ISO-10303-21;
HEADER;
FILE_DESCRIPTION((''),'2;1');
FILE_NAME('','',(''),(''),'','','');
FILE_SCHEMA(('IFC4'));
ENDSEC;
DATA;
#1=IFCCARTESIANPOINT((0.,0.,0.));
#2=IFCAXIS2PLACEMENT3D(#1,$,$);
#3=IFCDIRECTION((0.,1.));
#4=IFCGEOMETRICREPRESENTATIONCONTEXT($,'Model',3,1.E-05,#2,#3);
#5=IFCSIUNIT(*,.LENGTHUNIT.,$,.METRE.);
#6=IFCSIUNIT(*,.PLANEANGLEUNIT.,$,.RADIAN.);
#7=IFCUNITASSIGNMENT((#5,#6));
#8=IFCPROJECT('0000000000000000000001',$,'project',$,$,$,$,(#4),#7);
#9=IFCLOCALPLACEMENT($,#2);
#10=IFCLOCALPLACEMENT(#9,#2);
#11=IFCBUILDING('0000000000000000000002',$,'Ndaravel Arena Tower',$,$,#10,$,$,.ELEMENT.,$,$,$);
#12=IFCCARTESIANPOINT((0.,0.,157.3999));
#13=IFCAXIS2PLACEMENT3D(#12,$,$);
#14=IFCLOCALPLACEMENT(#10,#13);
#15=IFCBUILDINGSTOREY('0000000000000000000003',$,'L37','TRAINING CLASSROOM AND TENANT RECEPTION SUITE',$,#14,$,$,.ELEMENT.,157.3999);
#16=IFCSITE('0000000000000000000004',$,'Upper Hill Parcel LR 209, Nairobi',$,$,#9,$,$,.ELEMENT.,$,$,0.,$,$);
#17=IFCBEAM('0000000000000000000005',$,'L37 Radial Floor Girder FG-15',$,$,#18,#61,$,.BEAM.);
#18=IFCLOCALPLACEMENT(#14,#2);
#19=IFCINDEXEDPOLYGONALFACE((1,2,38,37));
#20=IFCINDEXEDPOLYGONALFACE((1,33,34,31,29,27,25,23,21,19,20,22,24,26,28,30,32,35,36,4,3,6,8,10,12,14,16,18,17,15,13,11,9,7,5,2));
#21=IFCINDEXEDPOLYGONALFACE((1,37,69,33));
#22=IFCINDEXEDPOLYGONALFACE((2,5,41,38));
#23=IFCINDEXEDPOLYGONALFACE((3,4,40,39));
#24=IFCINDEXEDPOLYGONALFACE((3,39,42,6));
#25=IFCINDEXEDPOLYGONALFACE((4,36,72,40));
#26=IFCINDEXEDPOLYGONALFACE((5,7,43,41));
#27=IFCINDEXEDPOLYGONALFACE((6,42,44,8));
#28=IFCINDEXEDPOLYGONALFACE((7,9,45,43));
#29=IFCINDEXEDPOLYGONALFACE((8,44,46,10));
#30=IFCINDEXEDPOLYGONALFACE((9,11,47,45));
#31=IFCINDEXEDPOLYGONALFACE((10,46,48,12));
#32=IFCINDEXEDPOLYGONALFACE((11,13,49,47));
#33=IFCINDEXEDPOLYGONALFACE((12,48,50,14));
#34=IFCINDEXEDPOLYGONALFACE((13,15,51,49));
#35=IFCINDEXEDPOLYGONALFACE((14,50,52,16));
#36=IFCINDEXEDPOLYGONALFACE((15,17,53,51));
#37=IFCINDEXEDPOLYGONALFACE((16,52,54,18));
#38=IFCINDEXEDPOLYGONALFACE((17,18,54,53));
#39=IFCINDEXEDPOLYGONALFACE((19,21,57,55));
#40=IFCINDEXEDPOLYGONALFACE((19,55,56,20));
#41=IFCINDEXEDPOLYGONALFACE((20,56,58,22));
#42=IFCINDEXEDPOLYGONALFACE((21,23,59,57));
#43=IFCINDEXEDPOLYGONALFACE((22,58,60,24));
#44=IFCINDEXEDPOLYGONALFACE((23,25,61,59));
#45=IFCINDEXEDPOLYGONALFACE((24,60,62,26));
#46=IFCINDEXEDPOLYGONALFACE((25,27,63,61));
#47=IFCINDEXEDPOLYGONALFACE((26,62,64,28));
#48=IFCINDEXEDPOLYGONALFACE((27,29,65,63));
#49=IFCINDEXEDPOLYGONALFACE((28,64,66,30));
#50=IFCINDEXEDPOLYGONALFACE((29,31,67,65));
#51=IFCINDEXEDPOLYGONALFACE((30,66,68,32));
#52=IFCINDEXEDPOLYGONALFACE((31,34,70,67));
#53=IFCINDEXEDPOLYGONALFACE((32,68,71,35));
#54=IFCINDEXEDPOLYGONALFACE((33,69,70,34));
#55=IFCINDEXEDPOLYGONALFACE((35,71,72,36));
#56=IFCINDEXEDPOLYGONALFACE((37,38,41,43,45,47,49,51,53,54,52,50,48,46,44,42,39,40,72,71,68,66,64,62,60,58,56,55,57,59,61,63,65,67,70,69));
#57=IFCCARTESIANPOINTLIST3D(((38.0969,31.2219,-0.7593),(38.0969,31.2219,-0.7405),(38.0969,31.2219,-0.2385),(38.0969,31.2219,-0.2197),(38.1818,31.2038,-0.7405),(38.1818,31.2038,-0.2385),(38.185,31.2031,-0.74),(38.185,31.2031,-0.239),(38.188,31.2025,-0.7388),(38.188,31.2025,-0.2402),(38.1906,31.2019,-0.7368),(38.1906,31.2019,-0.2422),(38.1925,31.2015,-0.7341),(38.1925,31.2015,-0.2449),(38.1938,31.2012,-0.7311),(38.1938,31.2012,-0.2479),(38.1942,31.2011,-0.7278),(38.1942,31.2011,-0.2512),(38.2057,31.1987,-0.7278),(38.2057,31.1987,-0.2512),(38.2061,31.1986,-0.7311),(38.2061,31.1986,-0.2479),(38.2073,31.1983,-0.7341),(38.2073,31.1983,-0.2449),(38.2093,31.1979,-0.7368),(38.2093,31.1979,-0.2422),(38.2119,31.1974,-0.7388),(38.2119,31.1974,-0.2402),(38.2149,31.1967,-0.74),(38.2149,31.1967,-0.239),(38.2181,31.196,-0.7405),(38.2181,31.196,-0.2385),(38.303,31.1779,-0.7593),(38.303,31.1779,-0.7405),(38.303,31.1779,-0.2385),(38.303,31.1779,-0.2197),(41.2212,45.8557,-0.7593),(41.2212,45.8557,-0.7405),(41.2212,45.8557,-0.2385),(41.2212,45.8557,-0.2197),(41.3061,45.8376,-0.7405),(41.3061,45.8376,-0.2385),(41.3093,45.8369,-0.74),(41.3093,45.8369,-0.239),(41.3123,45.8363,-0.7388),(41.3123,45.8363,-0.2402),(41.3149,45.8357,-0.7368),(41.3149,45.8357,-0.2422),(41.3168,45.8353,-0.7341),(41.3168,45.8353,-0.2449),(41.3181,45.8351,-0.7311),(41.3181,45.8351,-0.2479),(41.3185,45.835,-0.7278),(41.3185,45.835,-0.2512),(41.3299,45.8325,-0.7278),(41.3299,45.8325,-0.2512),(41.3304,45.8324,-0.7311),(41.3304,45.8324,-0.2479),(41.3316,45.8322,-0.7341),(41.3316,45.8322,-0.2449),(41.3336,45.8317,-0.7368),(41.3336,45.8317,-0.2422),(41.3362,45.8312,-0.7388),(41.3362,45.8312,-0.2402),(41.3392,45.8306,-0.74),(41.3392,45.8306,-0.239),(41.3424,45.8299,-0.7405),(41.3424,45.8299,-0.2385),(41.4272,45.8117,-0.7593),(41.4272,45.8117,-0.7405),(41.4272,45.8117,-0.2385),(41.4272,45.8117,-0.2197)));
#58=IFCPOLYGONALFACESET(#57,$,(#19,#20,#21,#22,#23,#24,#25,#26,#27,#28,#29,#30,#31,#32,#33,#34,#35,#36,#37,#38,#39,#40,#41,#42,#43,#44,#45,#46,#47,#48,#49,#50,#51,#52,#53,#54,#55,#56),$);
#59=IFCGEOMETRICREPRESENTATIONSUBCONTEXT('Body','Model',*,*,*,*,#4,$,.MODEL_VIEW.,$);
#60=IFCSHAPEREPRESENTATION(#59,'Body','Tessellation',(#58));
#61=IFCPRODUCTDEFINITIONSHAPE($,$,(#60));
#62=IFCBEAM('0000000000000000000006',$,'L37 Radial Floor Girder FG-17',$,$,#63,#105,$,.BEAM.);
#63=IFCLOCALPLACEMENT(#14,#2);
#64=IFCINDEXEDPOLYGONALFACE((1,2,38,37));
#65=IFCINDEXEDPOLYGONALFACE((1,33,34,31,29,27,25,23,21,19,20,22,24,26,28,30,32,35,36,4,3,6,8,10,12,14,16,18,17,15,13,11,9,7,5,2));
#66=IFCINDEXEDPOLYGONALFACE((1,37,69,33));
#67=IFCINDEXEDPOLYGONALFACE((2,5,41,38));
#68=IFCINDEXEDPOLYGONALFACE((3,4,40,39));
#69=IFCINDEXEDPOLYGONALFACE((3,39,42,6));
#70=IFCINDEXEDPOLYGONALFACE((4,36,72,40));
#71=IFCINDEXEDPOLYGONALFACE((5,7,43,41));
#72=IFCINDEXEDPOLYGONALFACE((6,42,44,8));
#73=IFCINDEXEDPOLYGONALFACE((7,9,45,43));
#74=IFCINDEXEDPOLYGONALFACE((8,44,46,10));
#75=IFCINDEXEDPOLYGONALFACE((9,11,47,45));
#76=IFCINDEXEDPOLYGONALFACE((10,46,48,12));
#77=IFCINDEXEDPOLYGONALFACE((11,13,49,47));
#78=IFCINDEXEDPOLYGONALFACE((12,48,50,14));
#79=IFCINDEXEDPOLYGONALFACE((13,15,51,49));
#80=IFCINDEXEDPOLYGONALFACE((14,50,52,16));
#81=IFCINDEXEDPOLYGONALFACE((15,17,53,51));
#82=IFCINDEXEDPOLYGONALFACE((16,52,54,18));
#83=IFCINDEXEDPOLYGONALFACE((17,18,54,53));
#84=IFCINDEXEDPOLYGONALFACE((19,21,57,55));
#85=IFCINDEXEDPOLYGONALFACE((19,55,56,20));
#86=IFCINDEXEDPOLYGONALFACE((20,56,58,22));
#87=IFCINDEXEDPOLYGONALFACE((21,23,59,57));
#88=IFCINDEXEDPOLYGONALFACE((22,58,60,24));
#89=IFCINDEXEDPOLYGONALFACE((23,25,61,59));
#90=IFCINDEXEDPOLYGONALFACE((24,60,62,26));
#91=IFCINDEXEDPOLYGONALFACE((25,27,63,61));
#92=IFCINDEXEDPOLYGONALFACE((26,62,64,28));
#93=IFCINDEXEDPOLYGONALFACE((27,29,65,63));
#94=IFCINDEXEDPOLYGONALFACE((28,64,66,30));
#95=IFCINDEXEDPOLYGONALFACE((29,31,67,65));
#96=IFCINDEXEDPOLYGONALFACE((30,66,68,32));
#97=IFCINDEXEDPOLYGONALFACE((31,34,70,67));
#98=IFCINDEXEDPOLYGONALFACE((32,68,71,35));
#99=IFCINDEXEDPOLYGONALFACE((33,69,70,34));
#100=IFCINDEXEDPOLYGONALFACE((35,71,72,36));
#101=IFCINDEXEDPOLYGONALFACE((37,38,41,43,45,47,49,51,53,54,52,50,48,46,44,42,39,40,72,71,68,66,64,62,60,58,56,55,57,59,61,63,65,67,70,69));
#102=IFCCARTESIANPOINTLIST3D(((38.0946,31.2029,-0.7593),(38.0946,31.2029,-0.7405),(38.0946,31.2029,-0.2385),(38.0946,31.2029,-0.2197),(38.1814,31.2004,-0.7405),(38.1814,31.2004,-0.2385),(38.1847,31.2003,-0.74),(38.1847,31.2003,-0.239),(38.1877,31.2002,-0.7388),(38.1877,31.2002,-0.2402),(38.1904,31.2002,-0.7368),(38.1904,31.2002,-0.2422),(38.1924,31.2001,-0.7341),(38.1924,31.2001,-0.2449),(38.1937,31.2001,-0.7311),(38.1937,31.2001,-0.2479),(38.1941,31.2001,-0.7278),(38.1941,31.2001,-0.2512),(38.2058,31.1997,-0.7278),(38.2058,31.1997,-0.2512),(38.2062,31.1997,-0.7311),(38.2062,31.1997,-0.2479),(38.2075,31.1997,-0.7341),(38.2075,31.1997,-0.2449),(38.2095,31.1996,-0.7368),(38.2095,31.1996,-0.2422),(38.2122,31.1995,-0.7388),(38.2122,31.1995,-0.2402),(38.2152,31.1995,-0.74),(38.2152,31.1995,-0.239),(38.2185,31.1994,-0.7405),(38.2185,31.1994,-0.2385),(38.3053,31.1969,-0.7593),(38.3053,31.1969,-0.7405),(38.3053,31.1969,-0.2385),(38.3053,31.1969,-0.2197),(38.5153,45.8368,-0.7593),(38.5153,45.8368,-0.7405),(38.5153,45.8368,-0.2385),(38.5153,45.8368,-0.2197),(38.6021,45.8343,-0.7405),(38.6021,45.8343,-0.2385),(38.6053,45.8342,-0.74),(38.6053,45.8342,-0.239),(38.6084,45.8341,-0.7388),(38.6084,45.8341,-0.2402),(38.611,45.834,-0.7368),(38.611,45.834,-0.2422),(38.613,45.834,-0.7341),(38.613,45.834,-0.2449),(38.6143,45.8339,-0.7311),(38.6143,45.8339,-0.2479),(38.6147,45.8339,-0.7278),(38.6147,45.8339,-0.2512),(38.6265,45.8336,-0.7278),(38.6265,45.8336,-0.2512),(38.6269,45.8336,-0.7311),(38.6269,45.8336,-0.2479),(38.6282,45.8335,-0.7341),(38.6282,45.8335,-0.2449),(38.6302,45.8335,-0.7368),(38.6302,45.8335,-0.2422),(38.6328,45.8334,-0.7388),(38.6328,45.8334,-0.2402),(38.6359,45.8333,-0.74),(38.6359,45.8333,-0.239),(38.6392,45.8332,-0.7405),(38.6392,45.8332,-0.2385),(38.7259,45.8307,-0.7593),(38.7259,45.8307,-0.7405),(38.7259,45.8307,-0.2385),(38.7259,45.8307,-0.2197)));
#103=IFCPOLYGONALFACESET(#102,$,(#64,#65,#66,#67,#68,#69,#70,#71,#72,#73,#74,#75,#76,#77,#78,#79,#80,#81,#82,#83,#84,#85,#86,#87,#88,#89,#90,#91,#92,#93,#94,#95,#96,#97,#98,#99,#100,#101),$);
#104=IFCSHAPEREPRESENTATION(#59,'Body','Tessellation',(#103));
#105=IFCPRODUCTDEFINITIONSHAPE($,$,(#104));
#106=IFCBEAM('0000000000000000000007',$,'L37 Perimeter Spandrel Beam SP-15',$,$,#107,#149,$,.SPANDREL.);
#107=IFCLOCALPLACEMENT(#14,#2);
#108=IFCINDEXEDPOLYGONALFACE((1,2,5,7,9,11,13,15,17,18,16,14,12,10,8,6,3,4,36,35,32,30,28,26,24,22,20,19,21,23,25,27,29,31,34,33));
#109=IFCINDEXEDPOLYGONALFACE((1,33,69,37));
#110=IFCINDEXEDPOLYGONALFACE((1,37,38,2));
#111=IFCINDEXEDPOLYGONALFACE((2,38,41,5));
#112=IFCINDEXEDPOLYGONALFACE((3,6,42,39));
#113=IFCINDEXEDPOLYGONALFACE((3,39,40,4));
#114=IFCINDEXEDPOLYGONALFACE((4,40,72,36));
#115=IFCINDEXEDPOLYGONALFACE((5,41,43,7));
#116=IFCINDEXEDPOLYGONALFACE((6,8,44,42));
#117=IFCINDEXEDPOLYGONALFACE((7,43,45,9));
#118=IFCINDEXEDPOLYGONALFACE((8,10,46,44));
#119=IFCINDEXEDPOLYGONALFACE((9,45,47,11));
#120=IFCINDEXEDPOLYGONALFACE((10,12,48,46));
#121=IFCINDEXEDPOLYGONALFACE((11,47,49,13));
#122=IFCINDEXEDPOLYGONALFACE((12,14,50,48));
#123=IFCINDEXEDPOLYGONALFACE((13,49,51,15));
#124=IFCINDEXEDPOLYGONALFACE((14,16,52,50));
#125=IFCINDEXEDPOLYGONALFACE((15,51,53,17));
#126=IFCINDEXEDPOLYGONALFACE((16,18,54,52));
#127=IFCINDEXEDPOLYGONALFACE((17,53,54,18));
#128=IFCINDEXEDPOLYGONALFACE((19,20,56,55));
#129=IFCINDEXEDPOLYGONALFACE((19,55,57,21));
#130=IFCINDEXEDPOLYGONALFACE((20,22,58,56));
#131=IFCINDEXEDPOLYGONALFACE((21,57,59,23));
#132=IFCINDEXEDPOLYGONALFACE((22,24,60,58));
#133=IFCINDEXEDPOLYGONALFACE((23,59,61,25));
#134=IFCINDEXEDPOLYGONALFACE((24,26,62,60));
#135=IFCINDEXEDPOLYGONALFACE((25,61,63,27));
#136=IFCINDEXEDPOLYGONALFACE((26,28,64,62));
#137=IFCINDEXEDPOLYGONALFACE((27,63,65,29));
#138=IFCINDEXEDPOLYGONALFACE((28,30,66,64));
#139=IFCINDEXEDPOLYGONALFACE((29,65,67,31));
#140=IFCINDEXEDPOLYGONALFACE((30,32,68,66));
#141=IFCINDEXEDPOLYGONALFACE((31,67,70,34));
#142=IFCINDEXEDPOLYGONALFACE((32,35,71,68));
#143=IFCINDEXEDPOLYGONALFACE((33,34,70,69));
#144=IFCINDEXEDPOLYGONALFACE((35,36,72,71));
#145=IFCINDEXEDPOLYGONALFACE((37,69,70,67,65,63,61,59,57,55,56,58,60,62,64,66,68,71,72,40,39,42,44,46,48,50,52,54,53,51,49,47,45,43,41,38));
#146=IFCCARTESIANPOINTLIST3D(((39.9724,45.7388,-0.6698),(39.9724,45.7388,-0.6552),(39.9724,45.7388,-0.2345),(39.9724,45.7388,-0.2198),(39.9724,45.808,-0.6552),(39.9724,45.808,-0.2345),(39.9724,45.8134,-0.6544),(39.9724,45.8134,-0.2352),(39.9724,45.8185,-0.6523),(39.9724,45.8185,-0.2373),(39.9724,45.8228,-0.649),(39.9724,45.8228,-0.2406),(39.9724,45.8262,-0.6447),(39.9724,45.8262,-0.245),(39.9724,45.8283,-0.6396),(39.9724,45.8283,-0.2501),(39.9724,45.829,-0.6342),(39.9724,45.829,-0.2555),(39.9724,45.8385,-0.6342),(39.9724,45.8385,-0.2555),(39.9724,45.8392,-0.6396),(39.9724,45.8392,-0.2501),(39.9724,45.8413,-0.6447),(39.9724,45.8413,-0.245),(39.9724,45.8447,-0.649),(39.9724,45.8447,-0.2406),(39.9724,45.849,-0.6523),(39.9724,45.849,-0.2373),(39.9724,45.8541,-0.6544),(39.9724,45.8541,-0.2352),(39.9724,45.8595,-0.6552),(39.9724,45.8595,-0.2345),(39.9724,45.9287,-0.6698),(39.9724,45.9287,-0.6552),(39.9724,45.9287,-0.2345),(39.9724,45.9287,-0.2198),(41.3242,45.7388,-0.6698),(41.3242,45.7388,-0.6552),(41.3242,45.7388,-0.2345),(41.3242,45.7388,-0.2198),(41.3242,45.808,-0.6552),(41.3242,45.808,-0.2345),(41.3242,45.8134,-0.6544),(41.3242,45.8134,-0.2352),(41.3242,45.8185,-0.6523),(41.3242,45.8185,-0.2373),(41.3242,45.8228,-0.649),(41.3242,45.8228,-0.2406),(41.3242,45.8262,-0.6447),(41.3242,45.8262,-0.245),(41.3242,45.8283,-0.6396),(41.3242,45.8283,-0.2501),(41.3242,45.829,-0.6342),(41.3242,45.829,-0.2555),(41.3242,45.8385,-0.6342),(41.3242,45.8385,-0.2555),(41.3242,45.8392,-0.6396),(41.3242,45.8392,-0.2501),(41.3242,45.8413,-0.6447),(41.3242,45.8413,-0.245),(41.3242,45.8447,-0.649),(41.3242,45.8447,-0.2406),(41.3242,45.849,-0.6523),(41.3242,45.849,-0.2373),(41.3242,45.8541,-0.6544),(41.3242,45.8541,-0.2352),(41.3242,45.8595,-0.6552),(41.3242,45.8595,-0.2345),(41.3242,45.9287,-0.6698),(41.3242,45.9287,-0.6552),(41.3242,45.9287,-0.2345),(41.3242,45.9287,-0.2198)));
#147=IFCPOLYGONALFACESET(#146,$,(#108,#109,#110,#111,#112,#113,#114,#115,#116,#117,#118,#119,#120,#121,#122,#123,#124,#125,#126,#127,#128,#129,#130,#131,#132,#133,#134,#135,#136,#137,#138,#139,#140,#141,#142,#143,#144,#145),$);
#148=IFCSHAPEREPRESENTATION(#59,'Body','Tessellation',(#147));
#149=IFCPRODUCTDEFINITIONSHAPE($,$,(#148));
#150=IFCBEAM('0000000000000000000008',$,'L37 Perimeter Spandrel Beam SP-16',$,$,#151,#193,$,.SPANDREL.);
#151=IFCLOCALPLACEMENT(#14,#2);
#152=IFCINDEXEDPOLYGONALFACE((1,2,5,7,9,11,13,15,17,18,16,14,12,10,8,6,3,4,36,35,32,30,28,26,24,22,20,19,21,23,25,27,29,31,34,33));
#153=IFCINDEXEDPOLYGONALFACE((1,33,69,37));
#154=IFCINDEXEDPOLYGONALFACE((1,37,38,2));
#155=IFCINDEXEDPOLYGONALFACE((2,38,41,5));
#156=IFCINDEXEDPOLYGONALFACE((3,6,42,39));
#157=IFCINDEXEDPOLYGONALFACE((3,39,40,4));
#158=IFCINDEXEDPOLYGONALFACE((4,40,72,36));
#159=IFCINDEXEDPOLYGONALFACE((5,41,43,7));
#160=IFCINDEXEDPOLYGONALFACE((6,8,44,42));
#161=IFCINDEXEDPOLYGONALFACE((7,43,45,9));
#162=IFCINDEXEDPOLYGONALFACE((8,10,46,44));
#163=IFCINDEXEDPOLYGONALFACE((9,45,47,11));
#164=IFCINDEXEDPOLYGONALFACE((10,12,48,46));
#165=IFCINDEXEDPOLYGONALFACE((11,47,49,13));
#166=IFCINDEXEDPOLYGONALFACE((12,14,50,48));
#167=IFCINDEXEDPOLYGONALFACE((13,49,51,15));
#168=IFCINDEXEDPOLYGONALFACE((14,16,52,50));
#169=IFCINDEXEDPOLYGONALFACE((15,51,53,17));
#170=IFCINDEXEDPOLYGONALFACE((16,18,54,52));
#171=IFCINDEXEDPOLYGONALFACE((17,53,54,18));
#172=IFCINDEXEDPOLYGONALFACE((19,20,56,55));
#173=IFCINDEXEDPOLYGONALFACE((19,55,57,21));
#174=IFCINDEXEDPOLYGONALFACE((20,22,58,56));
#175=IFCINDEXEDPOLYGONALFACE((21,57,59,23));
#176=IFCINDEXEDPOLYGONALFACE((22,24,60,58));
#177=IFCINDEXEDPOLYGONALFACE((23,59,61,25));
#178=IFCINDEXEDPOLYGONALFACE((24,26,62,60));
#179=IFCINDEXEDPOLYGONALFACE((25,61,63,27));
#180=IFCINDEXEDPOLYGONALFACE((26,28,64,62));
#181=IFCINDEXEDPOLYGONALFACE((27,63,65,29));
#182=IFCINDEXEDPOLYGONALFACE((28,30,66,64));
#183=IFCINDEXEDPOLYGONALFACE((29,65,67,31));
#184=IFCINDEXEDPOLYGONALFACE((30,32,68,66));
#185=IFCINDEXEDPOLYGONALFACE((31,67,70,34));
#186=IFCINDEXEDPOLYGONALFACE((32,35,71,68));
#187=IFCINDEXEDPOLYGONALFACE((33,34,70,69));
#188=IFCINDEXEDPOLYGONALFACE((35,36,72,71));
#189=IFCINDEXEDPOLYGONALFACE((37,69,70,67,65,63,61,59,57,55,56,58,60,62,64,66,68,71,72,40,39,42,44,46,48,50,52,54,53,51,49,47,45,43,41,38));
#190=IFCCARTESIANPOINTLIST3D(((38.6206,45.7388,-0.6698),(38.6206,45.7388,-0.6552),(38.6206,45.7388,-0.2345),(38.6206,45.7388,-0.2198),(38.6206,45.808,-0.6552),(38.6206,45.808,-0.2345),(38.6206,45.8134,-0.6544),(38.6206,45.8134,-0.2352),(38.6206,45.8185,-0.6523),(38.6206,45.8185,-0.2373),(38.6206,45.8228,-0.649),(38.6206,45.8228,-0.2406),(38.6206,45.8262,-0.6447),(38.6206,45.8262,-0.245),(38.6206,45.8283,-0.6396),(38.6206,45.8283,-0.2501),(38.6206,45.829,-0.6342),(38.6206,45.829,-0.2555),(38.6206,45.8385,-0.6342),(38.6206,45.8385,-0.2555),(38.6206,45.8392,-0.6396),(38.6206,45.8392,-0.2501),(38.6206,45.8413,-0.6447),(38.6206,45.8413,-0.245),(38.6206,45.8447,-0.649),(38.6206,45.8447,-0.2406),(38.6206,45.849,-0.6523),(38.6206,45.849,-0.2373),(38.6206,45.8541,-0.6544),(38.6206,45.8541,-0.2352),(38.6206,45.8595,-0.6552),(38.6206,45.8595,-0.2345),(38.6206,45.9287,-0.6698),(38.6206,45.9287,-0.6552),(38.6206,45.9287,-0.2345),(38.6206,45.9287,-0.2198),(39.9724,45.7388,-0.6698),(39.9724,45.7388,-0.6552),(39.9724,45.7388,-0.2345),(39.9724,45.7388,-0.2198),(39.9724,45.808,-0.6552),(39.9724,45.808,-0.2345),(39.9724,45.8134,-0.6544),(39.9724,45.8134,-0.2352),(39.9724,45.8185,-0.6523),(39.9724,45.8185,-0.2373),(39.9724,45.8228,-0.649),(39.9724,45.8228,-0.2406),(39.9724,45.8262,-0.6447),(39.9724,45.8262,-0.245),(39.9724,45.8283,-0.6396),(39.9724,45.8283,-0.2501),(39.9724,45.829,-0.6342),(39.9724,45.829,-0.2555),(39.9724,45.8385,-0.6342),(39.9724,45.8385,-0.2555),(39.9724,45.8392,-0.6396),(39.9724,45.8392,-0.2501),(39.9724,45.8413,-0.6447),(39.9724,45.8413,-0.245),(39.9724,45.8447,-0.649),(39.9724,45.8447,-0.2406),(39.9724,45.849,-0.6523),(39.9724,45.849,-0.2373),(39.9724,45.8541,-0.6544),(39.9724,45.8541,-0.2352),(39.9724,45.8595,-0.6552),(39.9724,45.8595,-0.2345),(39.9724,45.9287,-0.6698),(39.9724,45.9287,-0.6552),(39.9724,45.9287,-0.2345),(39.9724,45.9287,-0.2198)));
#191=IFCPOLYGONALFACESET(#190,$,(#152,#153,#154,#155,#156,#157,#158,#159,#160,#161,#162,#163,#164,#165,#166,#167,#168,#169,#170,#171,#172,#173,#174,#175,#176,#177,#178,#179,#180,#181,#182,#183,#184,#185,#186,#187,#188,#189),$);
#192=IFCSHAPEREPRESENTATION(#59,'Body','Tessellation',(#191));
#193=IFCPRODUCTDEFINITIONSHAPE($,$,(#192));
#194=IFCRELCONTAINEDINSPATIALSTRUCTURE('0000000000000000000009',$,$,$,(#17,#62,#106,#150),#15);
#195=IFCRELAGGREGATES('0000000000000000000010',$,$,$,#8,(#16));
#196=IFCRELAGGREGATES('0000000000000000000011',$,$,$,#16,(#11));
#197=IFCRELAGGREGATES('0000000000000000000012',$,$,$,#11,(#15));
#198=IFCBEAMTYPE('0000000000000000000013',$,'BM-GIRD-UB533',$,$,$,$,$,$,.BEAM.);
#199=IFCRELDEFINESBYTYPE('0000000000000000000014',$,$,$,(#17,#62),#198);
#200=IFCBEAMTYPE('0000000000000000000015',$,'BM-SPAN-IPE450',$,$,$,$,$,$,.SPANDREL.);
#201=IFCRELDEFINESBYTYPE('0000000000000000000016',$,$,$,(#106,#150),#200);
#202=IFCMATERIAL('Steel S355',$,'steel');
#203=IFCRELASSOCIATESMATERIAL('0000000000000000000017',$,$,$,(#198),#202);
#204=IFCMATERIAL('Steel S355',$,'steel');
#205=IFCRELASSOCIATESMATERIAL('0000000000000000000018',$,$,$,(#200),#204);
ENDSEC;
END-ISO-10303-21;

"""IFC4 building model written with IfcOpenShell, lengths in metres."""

from ifc_helpers import new_model, si_unit, direction, frame, origin, origin_2d, place, context, subcontext, project, spatial, i_section, extrude, material, material_profile, profile_set, type_object, element, save


model = new_model("IFC4")

# Units and contexts
model_context = context("Model", 3, precision=1e-05, world=origin(), true_north=direction((0.0, 1.0)))
body_context = subcontext(model_context, "Body", "Model", "MODEL_VIEW")
ifc_project = project(units=[si_unit("LENGTHUNIT", "METRE"), si_unit("PLANEANGLEUNIT", "RADIAN")], contexts=[model_context])

# Site, building, storey
site_placement = place(None, origin())
site = spatial("IfcSite", under=ifc_project, at=site_placement, Name="Upper Hill Parcel LR 209, Nairobi", CompositionType="ELEMENT", RefElevation=0.0)
building_placement = place(site_placement, origin())
building = spatial("IfcBuilding", under=site, at=building_placement, Name="Ndaravel Arena Tower", CompositionType="ELEMENT")
storey_placement = place(building_placement, frame((0.0, 0.0, 157.3999)))
storey = spatial("IfcBuildingStorey", under=building, at=storey_placement, Name="L37", Description="TRAINING CLASSROOM AND TENANT RECEPTION SUITE", CompositionType="ELEMENT", Elevation=157.3999)

# Beams
ifc_material_1 = material(Name="Steel S355", Category="steel")
ifc_material_profile_1 = material_profile(ifc_material_1, i_section(OverallWidth=0.2107, OverallDepth=0.5396, WebThickness=0.0117, FlangeThickness=0.0188, FilletRadius=0.0127, at=origin_2d()), Name="UB 533x210x109")
ifc_profile_set_1 = profile_set([ifc_material_profile_1], Name="Steel S355")
beam_type_1 = type_object("IfcBeamType", Name="BM-GIRD-UB533", PredefinedType="BEAM", material=ifc_profile_set_1)
beam_1_placement = place(storey_placement, frame((41.3242, 45.8337, -0.4895), z_axis=(-0.208791, -0.97796, 0.0), x_axis=(0.97796, -0.208791, 0.0)))
element("IfcBeam", 1, at=beam_1_placement, inside=storey, type_object=beam_type_1, Name="L37 Radial Floor Girder FG-15", PredefinedType="BEAM", context=body_context, shape_type="SweptSolid", body=[
    extrude(i_section(OverallWidth=0.2107, OverallDepth=0.5396, WebThickness=0.0117, FlangeThickness=0.0188, FilletRadius=0.0127, at=origin_2d()), origin(), (0.0, 0.0, 1.0), 14.9636),
])
beam_2_placement = place(storey_placement, frame((38.6206, 45.8337, -0.4895), z_axis=(-0.028734, -0.999587, 0.0), x_axis=(0.999587, -0.028734, 0.0)))
element("IfcBeam", 2, at=beam_2_placement, inside=storey, type_object=beam_type_1, Name="L37 Radial Floor Girder FG-17", PredefinedType="BEAM", context=body_context, shape_type="SweptSolid", body=[
    extrude(i_section(OverallWidth=0.2107, OverallDepth=0.5396, WebThickness=0.0117, FlangeThickness=0.0188, FilletRadius=0.0127, at=origin_2d()), origin(), (0.0, 0.0, 1.0), 14.6399),
])
ifc_material_2 = material(Name="Steel S355", Category="steel")
ifc_material_profile_2 = material_profile(ifc_material_2, i_section(OverallWidth=0.1899, OverallDepth=0.45, WebThickness=0.0095, FlangeThickness=0.0146, FilletRadius=0.021, at=origin_2d()), Name="IPE 450")
ifc_profile_set_2 = profile_set([ifc_material_profile_2], Name="Steel S355")
beam_type_2 = type_object("IfcBeamType", Name="BM-SPAN-IPE450", PredefinedType="SPANDREL", material=ifc_profile_set_2)
for number, where, z_axis, x_axis, name in (
    (3, (41.3242, 45.8337, -0.4448), (-1.0, 0.0, 0.0), (0.0, -1.0, 0.0), "L37 Perimeter Spandrel Beam SP-15"),
    (4, (39.9724, 45.8337, -0.4448), (-1.0, 0.0, 0.0), (0.0, -1.0, 0.0), "L37 Perimeter Spandrel Beam SP-16"),
):
    element("IfcBeam", number, at=place(storey_placement, frame(where, z_axis=z_axis, x_axis=x_axis)), inside=storey, type_object=beam_type_2, Name=name, PredefinedType="SPANDREL", context=body_context, shape_type="SweptSolid", body=[
        extrude(i_section(OverallWidth=0.1899, OverallDepth=0.45, WebThickness=0.0095, FlangeThickness=0.0146, FilletRadius=0.021, at=origin_2d()), origin(), (0.0, 0.0, 1.0), 1.3518),
    ])

save(model, "model.ifc")
